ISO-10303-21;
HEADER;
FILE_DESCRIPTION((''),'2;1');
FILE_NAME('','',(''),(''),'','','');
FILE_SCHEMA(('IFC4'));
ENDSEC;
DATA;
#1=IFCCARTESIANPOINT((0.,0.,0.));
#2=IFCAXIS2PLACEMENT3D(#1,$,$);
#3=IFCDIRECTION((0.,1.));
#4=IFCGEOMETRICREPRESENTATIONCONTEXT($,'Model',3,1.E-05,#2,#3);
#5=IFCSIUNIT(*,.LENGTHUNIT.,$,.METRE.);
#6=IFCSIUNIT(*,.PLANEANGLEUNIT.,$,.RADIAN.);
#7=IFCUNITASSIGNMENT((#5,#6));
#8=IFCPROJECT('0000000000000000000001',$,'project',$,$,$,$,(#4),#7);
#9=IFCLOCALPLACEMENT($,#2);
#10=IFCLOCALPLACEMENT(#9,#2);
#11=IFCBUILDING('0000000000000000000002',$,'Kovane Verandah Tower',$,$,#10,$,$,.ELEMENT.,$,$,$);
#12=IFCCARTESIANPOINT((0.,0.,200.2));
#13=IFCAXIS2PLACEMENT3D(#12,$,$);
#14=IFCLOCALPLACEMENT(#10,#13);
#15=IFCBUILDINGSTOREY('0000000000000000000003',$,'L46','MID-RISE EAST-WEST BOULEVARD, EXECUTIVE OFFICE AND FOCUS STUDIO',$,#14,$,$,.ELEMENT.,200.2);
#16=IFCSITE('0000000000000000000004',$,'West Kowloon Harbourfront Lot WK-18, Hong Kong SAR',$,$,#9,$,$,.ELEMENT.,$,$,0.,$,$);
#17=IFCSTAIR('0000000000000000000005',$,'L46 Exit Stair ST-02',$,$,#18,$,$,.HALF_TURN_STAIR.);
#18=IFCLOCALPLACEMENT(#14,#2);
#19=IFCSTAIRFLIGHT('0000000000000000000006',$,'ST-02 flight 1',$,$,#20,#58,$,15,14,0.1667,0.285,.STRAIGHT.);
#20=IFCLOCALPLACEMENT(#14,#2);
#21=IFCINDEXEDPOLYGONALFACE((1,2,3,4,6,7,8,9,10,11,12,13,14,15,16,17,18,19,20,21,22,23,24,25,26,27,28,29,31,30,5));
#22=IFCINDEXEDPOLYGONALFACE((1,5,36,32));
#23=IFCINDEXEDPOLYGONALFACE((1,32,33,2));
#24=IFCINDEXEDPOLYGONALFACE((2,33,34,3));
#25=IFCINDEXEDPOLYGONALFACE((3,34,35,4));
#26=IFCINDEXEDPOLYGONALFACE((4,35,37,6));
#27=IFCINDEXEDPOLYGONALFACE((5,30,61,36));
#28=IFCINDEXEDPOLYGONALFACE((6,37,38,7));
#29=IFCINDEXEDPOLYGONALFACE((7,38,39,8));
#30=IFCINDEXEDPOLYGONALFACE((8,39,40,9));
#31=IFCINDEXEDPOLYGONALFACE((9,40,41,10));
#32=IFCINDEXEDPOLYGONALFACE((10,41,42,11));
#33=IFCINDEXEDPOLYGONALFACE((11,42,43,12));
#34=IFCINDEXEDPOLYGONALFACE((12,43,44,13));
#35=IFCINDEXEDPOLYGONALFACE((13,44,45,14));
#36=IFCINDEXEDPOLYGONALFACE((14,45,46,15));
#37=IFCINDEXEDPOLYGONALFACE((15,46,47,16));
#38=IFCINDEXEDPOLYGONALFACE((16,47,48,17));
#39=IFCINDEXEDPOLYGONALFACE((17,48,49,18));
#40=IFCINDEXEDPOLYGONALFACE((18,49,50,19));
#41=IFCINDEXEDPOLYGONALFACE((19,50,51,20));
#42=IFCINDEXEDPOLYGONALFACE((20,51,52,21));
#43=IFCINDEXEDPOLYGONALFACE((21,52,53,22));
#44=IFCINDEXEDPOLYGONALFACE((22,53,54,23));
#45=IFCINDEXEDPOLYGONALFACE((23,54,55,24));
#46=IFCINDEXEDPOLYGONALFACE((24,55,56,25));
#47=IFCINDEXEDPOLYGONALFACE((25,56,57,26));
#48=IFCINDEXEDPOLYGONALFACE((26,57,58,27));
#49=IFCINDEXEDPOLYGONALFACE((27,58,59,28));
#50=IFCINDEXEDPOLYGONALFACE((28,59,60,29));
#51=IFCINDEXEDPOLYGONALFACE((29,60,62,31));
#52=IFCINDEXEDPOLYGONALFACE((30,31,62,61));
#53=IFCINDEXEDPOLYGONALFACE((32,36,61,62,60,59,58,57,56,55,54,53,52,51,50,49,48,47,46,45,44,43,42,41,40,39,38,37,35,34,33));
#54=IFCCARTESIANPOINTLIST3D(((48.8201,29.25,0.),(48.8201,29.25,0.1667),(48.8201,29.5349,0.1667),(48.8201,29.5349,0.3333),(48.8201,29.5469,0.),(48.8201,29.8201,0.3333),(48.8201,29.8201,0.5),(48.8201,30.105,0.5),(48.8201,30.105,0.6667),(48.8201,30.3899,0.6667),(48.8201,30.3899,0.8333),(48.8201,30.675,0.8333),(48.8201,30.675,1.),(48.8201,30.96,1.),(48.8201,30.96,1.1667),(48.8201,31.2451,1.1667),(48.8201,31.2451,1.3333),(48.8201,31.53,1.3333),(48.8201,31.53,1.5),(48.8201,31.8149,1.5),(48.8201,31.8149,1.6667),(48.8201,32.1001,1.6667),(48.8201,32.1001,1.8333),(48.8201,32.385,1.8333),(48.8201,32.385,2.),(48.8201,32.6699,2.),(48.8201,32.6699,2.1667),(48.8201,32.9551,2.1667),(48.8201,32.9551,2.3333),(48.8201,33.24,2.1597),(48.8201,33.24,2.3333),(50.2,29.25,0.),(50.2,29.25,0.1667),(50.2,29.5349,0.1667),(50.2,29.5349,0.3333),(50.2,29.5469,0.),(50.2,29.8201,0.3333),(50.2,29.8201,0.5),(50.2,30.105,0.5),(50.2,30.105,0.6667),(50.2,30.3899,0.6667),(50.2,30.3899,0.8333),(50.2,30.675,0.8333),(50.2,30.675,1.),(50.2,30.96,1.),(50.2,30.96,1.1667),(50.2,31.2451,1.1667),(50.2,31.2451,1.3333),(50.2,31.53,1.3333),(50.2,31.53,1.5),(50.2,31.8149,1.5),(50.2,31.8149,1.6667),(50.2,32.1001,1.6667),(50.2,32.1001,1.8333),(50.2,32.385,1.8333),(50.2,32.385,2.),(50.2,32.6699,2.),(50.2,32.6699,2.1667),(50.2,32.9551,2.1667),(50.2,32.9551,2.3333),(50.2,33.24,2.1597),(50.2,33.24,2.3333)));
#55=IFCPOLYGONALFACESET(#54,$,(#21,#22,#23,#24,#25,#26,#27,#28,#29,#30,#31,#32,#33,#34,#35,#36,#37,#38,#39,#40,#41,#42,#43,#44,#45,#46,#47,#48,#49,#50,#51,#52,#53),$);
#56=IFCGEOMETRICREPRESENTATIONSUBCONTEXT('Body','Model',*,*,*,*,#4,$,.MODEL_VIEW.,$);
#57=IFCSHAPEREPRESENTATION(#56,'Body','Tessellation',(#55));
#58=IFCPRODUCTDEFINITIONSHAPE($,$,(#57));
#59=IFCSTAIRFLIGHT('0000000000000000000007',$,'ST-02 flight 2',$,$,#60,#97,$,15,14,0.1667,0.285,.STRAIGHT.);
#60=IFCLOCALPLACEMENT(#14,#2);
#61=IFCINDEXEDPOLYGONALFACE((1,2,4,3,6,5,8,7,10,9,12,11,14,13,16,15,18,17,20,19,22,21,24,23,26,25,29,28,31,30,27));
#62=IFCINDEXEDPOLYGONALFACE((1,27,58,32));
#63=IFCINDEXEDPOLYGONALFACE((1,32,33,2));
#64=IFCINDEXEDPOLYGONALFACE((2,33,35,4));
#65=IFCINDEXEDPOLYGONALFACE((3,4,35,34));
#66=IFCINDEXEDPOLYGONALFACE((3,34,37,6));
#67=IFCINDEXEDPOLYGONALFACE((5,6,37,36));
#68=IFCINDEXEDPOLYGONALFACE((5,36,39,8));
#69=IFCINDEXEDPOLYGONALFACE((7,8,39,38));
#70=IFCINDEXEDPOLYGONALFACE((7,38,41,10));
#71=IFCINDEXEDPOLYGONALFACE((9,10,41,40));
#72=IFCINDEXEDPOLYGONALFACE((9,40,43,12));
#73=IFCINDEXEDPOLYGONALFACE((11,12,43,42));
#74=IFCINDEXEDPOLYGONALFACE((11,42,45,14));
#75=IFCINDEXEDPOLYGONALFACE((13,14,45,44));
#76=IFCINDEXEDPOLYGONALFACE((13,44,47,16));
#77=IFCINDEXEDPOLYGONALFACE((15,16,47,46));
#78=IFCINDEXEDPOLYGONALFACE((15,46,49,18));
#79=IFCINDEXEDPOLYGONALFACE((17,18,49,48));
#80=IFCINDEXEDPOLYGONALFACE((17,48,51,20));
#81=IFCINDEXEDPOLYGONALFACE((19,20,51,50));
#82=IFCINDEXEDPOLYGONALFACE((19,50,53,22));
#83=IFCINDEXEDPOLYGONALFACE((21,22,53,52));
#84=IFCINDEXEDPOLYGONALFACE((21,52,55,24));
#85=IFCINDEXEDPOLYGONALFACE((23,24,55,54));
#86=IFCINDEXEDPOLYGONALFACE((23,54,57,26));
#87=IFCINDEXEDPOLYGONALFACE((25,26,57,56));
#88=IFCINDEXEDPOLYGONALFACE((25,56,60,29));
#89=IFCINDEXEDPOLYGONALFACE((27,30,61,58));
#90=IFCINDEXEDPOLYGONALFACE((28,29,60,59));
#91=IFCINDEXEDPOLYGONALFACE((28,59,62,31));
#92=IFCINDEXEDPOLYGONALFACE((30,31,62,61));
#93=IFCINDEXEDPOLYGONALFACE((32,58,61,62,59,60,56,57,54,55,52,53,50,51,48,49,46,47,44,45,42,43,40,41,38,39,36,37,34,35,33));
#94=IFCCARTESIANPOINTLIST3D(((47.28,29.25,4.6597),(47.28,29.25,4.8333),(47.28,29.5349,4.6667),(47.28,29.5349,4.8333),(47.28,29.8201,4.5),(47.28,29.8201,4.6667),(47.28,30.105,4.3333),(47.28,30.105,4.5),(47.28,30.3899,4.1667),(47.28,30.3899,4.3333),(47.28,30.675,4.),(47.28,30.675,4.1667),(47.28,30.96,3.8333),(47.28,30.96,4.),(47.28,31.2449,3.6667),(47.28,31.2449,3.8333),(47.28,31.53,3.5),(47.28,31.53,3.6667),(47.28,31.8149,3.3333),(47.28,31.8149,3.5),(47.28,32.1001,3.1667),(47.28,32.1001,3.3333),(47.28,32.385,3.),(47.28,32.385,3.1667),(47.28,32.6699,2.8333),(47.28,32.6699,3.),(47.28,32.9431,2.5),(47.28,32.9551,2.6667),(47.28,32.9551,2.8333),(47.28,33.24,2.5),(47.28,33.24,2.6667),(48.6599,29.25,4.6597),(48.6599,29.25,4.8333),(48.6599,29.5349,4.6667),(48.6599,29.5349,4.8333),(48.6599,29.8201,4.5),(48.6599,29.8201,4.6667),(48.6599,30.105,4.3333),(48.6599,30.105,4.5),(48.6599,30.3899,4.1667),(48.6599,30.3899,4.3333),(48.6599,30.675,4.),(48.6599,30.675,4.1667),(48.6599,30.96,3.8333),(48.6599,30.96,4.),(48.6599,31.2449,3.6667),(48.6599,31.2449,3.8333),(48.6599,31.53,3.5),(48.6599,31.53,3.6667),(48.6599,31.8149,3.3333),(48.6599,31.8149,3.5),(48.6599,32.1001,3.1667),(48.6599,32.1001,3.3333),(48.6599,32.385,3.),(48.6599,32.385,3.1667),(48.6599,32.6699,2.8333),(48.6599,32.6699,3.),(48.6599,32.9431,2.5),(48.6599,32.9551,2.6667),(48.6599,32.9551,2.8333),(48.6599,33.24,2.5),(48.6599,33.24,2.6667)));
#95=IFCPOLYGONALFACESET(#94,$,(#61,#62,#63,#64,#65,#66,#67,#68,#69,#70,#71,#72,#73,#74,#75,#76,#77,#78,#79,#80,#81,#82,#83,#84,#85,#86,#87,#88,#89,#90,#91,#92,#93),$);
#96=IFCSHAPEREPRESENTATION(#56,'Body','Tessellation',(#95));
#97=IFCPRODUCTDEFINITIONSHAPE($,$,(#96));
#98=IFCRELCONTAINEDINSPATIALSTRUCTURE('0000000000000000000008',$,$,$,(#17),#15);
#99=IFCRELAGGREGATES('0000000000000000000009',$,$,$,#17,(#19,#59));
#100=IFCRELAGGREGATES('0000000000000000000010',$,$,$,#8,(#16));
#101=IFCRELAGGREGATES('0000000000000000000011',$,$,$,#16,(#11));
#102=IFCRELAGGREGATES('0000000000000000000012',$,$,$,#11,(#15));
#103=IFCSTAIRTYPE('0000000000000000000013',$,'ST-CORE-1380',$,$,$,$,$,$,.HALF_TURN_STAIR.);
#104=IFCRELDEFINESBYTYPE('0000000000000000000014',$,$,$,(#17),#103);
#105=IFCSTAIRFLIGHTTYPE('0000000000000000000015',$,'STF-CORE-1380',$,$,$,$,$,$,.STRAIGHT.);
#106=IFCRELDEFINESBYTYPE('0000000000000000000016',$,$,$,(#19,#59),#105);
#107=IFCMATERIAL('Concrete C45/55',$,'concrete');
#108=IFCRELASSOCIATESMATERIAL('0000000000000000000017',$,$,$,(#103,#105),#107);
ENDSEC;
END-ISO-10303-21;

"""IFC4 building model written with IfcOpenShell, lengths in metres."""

from ifc_helpers import new_model, si_unit, direction, frame, origin, place, context, subcontext, project, spatial, polyline, outline, extrude, material, type_object, element, aggregate, save


model = new_model("IFC4")

# Units and contexts
model_context = context("Model", 3, precision=1e-05, world=origin(), true_north=direction((0.0, 1.0)))
body_context = subcontext(model_context, "Body", "Model", "MODEL_VIEW")
ifc_project = project(units=[si_unit("LENGTHUNIT", "METRE"), si_unit("PLANEANGLEUNIT", "RADIAN")], contexts=[model_context])

# Site, building, storey
site_placement = place(None, origin())
site = spatial("IfcSite", under=ifc_project, at=site_placement, Name="West Kowloon Harbourfront Lot WK-18, Hong Kong SAR", CompositionType="ELEMENT", RefElevation=0.0)
building_placement = place(site_placement, origin())
building = spatial("IfcBuilding", under=site, at=building_placement, Name="Kovane Verandah Tower", CompositionType="ELEMENT")
storey_placement = place(building_placement, frame((0.0, 0.0, 200.2)))
storey = spatial("IfcBuildingStorey", under=building, at=storey_placement, Name="L46", Description="MID-RISE EAST-WEST BOULEVARD, EXECUTIVE OFFICE AND FOCUS STUDIO", CompositionType="ELEMENT", Elevation=200.2)

# Shared definitions
ifc_material_1 = material(Name="Concrete C45/55", Category="concrete")

# Stair, stair flights
stair_type = type_object("IfcStairType", Name="ST-CORE-1380", PredefinedType="HALF_TURN_STAIR", material=ifc_material_1)
stair_placement = place(storey_placement, origin())
stair = element("IfcStair", 1, at=stair_placement, inside=storey, type_object=stair_type, Name="L46 Exit Stair ST-02", PredefinedType="HALF_TURN_STAIR")
stair_flight_type = type_object("IfcStairFlightType", Name="STF-CORE-1380", PredefinedType="STRAIGHT", material=ifc_material_1)
stair_flight_1_placement = place(storey_placement, frame((49.51, 29.25, 0.0), z_axis=(0.0, 0.0, 1.0), x_axis=(0.0, 1.0, 0.0)))
stair_flight_1 = element("IfcStairFlight", 2, at=stair_flight_1_placement, type_object=stair_flight_type, Name="ST-02 flight 1", NumberOfRisers=15, NumberOfTreads=14, PredefinedType="STRAIGHT", RiserHeight=0.1667, TreadLength=0.285, context=body_context, shape_type="SweptSolid", body=[
    extrude(outline(polyline([(0.0, 0.0), (0.0, 0.1667), (0.2849, 0.1667), (0.2849, 0.3333), (0.5701, 0.3333), (0.5701, 0.5), (0.855, 0.5), (0.855, 0.6667), (1.1399, 0.6667), (1.1399, 0.8333), (1.425, 0.8333), (1.425, 1.0), (1.71, 1.0), (1.71, 1.1667), (1.9951, 1.1667), (1.9951, 1.3333), (2.28, 1.3333), (2.28, 1.5), (2.5649, 1.5), (2.5649, 1.6667), (2.8501, 1.6667), (2.8501, 1.8333), (3.135, 1.8333), (3.135, 2.0), (3.4199, 2.0), (3.4199, 2.1667), (3.7051, 2.1667), (3.7051, 2.3333), (3.99, 2.3333), (3.99, 2.5), (3.99, 2.1597), (0.2969, 0.0), (0.0, 0.0)])), frame((0.0, 0.6899, 0.0), z_axis=(0.0, -1.0, 0.0), x_axis=(1.0, 0.0, 0.0)), (0.0, 0.0, 1.0), 1.3799),
])
stair_flight_2_placement = place(storey_placement, frame((47.97, 33.24, 2.5), z_axis=(0.0, 0.0, 1.0), x_axis=(0.0, -1.0, 0.0)))
stair_flight_2 = element("IfcStairFlight", 3, at=stair_flight_2_placement, type_object=stair_flight_type, Name="ST-02 flight 2", NumberOfRisers=15, NumberOfTreads=14, PredefinedType="STRAIGHT", RiserHeight=0.1667, TreadLength=0.285, context=body_context, shape_type="SweptSolid", body=[
    extrude(outline(polyline([(0.0, 0.0), (0.0, 0.1667), (0.2849, 0.1667), (0.2849, 0.3333), (0.5701, 0.3333), (0.5701, 0.5), (0.855, 0.5), (0.855, 0.6667), (1.1399, 0.6667), (1.1399, 0.8333), (1.425, 0.8333), (1.425, 1.0), (1.71, 1.0), (1.71, 1.1667), (1.9951, 1.1667), (1.9951, 1.3333), (2.28, 1.3333), (2.28, 1.5), (2.5649, 1.5), (2.5649, 1.6667), (2.8501, 1.6667), (2.8501, 1.8333), (3.135, 1.8333), (3.135, 2.0), (3.4199, 2.0), (3.4199, 2.1667), (3.7051, 2.1667), (3.7051, 2.3333), (3.99, 2.3333), (3.99, 2.5), (3.99, 2.1597), (0.2969, 0.0), (0.0, 0.0)])), frame((0.0, 0.6899, 0.0), z_axis=(0.0, -1.0, 0.0), x_axis=(1.0, 0.0, 0.0)), (0.0, 0.0, 1.0), 1.3799),
])
aggregate(stair, [stair_flight_1, stair_flight_2])

save(model, "model.ifc")
